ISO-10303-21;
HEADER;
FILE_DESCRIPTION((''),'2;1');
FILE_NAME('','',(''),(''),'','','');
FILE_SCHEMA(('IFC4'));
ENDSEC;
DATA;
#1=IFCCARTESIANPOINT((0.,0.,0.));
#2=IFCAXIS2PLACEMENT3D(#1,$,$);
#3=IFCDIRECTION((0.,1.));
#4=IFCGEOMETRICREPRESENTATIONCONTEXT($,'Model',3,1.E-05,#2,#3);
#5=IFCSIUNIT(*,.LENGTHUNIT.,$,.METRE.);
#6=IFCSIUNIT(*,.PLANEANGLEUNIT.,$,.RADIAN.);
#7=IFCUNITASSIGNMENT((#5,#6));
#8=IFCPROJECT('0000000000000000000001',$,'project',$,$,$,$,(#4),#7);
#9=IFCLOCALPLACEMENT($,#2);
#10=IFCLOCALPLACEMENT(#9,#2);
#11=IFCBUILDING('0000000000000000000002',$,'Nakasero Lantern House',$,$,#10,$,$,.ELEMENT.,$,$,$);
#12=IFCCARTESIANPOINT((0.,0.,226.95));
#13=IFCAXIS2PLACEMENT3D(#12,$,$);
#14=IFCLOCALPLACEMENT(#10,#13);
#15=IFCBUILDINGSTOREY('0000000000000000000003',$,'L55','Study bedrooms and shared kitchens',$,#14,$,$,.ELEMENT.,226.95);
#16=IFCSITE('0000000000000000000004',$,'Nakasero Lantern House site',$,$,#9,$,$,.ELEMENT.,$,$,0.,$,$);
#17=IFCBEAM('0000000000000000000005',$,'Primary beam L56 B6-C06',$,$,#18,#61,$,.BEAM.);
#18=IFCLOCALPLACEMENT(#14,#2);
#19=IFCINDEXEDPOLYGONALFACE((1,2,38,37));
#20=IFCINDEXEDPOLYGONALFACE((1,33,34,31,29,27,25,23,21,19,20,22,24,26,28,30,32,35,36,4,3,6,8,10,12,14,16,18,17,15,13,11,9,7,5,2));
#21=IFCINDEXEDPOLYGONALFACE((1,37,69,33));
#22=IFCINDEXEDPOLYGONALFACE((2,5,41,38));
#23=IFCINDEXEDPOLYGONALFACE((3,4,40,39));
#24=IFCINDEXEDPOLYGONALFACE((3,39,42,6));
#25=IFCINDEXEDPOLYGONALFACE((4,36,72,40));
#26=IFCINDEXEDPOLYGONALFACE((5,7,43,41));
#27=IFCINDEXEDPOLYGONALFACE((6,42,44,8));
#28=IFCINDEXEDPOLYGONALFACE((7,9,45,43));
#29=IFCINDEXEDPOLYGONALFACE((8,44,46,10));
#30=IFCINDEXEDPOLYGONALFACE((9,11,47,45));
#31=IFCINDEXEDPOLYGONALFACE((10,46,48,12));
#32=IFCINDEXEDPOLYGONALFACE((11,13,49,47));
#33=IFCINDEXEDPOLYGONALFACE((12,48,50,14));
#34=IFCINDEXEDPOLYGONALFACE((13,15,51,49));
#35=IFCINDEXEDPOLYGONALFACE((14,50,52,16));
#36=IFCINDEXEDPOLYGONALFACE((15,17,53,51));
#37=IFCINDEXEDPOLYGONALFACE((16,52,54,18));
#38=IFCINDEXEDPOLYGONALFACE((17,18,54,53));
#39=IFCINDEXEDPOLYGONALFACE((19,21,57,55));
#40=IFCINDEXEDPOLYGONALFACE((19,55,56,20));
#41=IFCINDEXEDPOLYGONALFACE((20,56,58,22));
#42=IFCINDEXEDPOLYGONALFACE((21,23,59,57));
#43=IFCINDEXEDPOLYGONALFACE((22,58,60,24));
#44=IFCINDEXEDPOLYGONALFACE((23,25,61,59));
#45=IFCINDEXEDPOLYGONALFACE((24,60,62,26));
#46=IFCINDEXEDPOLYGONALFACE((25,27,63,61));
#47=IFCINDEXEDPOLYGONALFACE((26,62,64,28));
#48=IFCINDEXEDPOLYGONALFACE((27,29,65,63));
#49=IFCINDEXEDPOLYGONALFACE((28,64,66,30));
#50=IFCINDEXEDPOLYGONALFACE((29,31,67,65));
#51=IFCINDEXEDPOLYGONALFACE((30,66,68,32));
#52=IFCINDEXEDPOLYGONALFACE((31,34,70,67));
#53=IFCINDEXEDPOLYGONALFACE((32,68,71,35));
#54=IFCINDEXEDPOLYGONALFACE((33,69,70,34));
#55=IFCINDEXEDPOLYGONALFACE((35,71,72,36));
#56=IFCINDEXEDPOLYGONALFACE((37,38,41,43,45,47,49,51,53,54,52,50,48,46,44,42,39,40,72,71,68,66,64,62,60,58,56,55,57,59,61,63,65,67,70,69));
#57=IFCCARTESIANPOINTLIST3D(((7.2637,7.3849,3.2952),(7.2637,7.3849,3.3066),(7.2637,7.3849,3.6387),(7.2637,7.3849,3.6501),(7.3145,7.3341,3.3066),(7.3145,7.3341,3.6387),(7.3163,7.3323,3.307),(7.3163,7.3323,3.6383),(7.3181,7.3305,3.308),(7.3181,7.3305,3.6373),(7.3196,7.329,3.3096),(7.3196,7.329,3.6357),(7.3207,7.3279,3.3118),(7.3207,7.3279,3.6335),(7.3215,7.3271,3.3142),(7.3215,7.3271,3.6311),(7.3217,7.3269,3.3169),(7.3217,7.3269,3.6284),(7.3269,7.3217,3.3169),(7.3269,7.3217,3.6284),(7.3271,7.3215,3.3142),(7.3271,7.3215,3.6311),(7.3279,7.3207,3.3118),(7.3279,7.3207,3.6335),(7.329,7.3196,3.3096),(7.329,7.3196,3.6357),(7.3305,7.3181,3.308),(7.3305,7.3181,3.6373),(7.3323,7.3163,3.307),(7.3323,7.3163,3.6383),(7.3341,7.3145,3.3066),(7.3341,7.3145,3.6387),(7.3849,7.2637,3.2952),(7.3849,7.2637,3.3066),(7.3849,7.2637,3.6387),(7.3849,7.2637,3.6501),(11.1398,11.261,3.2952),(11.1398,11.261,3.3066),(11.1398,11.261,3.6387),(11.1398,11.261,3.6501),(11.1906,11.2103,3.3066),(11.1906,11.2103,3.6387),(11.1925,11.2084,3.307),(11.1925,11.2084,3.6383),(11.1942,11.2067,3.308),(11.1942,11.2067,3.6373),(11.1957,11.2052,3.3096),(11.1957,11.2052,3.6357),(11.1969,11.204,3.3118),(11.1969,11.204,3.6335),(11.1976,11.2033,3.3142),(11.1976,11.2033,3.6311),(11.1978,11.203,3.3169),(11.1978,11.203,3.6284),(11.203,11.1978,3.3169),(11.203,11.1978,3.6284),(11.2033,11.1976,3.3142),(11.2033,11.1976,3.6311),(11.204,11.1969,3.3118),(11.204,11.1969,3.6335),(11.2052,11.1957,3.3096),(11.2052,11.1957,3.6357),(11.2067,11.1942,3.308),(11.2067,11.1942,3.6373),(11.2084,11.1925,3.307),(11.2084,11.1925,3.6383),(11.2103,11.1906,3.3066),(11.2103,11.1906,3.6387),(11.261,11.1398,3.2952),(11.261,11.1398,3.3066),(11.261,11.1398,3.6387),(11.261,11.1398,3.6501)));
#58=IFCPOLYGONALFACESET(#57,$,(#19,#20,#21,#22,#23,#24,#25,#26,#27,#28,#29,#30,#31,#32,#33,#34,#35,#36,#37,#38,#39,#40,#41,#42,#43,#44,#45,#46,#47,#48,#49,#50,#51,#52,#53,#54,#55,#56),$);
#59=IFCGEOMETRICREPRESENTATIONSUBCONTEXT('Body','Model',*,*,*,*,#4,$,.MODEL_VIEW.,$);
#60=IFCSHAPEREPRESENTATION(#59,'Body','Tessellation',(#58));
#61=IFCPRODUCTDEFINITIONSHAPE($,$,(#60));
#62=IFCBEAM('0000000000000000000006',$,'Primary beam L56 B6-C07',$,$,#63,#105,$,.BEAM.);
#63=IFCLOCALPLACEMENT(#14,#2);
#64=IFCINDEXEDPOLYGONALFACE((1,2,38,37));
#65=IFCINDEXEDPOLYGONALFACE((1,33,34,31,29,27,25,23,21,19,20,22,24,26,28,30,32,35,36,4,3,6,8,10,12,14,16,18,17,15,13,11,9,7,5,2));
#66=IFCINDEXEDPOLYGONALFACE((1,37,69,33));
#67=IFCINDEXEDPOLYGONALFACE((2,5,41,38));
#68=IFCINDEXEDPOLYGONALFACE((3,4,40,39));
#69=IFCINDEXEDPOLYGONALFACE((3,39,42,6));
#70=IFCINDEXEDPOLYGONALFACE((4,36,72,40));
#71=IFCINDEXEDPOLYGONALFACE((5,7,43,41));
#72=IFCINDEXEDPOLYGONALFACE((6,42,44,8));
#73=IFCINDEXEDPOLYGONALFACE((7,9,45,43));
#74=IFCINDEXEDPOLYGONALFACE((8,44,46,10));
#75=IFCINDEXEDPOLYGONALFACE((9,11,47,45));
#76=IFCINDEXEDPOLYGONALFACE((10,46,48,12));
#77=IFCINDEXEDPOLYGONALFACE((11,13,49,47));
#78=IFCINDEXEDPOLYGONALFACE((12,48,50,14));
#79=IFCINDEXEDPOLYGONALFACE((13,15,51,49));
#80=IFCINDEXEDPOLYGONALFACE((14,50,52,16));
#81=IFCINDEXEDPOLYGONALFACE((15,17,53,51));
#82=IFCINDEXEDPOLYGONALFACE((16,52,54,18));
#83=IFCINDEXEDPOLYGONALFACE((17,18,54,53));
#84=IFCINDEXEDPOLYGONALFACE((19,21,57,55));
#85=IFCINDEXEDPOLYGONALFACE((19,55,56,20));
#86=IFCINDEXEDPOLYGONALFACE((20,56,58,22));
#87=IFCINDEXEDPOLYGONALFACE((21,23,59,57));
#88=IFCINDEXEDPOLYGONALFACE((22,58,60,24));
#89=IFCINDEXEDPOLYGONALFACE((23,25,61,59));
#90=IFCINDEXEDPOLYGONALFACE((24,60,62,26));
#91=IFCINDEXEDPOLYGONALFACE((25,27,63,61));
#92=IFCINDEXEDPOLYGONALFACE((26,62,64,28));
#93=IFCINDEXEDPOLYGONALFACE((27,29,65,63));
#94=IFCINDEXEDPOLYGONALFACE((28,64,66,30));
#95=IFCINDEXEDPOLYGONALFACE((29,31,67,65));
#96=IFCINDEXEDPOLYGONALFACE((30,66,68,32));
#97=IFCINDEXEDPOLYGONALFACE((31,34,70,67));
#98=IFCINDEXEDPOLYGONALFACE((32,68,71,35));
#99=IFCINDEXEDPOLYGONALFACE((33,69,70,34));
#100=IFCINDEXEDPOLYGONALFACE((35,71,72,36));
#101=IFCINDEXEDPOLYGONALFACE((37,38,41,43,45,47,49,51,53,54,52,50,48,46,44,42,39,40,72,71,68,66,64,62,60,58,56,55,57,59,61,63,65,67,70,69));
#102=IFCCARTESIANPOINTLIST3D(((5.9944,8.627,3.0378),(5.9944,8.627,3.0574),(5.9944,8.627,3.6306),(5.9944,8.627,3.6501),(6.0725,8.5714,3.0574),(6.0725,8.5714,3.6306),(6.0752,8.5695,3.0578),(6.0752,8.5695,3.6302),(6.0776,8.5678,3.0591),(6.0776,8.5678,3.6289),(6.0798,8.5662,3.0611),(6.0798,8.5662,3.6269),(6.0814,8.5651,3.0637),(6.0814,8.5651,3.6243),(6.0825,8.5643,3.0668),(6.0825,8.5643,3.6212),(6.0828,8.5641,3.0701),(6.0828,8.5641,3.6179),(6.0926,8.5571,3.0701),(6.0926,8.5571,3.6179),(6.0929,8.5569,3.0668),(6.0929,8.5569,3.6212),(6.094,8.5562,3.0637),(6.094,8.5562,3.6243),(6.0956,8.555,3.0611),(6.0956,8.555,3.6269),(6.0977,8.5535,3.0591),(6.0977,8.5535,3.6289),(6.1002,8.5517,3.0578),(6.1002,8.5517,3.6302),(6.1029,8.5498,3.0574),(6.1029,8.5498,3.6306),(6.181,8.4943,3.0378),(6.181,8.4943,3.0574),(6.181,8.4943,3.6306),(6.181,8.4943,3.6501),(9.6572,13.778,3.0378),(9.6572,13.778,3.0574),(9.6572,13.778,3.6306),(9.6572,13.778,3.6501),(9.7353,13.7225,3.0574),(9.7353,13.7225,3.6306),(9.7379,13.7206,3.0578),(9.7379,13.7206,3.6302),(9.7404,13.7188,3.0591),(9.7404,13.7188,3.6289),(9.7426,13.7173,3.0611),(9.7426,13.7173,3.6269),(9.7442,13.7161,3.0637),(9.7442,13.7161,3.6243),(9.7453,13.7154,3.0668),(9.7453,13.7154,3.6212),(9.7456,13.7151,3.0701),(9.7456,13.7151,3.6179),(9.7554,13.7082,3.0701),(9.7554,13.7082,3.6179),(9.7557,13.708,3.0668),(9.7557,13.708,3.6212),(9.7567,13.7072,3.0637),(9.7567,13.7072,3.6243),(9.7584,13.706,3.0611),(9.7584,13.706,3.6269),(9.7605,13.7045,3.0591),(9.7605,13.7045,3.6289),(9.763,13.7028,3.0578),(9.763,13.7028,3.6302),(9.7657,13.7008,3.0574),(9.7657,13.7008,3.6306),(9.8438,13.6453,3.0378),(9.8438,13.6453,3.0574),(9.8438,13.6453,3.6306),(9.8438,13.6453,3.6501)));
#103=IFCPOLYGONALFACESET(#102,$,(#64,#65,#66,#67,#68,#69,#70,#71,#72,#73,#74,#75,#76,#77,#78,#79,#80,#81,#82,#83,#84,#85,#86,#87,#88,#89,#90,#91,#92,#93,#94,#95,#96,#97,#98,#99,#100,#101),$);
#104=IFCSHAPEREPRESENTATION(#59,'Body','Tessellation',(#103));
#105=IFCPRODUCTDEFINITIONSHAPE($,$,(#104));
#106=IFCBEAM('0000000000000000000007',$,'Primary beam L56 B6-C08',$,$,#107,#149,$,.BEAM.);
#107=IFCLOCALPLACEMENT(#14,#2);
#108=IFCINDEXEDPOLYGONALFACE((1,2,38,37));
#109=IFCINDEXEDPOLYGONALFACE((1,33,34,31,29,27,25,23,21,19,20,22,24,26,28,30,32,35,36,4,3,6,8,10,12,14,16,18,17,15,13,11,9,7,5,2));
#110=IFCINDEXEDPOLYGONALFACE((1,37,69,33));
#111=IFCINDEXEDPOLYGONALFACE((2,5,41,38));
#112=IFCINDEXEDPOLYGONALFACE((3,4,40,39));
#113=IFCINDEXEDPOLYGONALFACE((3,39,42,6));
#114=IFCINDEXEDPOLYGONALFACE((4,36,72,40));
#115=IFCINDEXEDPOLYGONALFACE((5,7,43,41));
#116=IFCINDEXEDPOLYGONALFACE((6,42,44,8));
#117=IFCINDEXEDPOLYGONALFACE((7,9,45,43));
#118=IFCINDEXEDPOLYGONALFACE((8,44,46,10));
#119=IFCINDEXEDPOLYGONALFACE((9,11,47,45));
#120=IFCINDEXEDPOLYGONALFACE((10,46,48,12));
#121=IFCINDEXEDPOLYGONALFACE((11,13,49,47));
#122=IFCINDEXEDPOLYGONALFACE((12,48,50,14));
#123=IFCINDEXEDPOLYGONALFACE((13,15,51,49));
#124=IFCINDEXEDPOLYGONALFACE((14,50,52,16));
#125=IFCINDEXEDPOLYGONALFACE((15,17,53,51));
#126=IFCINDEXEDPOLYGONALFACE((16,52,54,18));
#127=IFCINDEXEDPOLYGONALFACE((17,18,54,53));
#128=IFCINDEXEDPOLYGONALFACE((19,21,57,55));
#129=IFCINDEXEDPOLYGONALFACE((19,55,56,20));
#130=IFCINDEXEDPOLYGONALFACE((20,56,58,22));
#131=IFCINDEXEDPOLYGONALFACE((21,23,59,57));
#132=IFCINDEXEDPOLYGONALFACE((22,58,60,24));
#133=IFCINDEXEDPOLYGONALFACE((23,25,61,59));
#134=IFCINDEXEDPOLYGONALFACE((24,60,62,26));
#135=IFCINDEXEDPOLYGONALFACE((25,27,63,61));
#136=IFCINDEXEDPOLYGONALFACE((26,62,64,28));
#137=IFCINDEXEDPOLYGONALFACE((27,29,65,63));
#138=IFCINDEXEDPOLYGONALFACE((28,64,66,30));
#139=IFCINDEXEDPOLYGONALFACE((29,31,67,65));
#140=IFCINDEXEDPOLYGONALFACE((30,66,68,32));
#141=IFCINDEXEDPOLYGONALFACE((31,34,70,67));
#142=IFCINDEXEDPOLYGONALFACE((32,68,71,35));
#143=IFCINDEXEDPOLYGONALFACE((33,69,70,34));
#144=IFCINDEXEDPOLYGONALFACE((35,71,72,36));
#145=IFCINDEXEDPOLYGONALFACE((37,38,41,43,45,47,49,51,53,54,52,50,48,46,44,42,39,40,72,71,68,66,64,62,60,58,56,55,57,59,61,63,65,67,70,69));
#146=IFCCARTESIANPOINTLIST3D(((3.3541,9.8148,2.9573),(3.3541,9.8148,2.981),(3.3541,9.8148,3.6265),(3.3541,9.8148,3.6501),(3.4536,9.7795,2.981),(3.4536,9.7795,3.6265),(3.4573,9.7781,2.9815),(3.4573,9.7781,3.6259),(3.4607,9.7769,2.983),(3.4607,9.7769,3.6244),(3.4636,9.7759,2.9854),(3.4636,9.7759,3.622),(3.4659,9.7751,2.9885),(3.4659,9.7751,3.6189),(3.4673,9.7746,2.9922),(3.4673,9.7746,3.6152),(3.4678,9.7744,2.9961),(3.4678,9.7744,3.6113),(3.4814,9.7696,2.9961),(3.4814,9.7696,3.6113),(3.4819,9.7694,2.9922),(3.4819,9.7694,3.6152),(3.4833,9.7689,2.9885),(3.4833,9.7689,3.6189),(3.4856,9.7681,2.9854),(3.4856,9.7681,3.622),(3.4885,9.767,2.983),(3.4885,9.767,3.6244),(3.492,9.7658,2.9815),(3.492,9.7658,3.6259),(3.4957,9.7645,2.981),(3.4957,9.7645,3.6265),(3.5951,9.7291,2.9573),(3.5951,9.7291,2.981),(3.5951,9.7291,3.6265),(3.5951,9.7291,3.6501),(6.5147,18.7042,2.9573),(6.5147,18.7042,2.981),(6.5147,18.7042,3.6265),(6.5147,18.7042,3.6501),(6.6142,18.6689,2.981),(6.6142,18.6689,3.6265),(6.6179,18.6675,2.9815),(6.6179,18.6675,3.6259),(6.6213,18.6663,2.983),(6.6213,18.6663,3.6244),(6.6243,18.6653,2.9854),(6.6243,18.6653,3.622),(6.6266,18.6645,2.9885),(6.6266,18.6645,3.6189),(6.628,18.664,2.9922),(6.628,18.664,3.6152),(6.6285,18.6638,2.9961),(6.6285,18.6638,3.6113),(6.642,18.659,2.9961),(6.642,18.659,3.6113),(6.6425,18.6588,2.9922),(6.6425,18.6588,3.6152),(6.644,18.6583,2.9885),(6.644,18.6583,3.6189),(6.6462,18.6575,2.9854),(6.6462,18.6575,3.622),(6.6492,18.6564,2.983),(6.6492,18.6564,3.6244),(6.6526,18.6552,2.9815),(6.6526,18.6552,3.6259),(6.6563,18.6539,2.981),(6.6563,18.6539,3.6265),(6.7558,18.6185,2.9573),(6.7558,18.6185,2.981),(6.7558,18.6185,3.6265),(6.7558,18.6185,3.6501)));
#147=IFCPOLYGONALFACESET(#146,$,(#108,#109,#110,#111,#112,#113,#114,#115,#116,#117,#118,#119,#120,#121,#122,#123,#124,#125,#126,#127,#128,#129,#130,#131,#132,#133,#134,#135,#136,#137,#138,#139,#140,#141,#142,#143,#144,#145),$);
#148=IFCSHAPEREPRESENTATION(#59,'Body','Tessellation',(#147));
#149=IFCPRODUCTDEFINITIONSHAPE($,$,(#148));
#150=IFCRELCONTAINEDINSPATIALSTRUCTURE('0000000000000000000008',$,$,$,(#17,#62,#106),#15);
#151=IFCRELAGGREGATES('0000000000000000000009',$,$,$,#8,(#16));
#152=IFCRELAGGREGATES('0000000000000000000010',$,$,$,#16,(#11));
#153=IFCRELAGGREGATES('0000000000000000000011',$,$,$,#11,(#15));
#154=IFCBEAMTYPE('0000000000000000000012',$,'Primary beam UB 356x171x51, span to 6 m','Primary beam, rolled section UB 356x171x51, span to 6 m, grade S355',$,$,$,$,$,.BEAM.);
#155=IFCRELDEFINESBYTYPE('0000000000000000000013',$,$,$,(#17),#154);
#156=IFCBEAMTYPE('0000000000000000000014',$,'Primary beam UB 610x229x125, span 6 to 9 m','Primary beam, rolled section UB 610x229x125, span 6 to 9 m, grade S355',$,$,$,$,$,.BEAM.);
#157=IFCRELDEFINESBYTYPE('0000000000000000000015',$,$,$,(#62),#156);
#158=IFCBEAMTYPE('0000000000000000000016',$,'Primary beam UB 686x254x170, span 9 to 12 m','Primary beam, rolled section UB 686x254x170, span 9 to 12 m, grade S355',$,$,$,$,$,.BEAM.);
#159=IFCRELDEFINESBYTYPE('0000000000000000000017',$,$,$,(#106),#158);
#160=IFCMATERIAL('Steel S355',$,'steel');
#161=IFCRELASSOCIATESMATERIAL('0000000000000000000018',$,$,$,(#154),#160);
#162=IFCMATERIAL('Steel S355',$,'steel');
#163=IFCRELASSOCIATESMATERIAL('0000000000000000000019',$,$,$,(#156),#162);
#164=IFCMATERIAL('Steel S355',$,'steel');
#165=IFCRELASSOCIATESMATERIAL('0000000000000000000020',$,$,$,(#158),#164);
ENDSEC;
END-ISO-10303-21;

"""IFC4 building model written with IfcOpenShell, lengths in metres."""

from ifc_helpers import new_model, si_unit, direction, frame, origin, origin_2d, place, context, subcontext, project, spatial, i_section, extrude, material, material_profile, profile_set, type_object, element, save


model = new_model("IFC4")

# Units and contexts
model_context = context("Model", 3, precision=1e-05, world=origin(), true_north=direction((0.0, 1.0)))
body_context = subcontext(model_context, "Body", "Model", "MODEL_VIEW")
ifc_project = project(units=[si_unit("LENGTHUNIT", "METRE"), si_unit("PLANEANGLEUNIT", "RADIAN")], contexts=[model_context])

# Site, building, storey
site_placement = place(None, origin())
site = spatial("IfcSite", under=ifc_project, at=site_placement, Name="Nakasero Lantern House site", CompositionType="ELEMENT", RefElevation=0.0)
building_placement = place(site_placement, origin())
building = spatial("IfcBuilding", under=site, at=building_placement, Name="Nakasero Lantern House", CompositionType="ELEMENT")
storey_placement = place(building_placement, frame((0.0, 0.0, 226.95)))
storey = spatial("IfcBuildingStorey", under=building, at=storey_placement, Name="L55", Description="Study bedrooms and shared kitchens", CompositionType="ELEMENT", Elevation=226.95)

# Beams
ifc_material_1 = material(Name="Steel S355", Category="steel")
ifc_material_profile_1 = material_profile(ifc_material_1, i_section(OverallWidth=0.1714, OverallDepth=0.355, WebThickness=0.0073, FlangeThickness=0.0115, FilletRadius=0.0103, at=origin_2d()), Name="UB 356x171x51")
ifc_profile_set_1 = profile_set([ifc_material_profile_1], Name="Steel S355")
beam_type_1 = type_object("IfcBeamType", Name="Primary beam UB 356x171x51, span to 6 m", Description="Primary beam, rolled section UB 356x171x51, span to 6 m, grade S355", PredefinedType="BEAM", material=ifc_profile_set_1)
beam_1_placement = place(storey_placement, frame((11.2004, 11.2004, 3.4727), z_axis=(-0.707107, -0.707107, 0.0), x_axis=(0.707107, -0.707107, 0.0)))
element("IfcBeam", 1, at=beam_1_placement, inside=storey, type_object=beam_type_1, Name="Primary beam L56 B6-C06", PredefinedType="BEAM", context=body_context, shape_type="SweptSolid", body=[
    extrude(i_section(OverallWidth=0.1714, OverallDepth=0.355, WebThickness=0.0073, FlangeThickness=0.0115, FilletRadius=0.0103, at=origin_2d()), origin(), (0.0, 0.0, 1.0), 5.4817),
])
ifc_material_2 = material(Name="Steel S355", Category="steel")
ifc_material_profile_2 = material_profile(ifc_material_2, i_section(OverallWidth=0.229, OverallDepth=0.6123, WebThickness=0.012, FlangeThickness=0.0195, FilletRadius=0.0127, at=origin_2d()), Name="UB 610x229x125")
ifc_profile_set_2 = profile_set([ifc_material_profile_2], Name="Steel S355")
beam_type_2 = type_object("IfcBeamType", Name="Primary beam UB 610x229x125, span 6 to 9 m", Description="Primary beam, rolled section UB 610x229x125, span 6 to 9 m, grade S355", PredefinedType="BEAM", material=ifc_profile_set_2)
beam_2_placement = place(storey_placement, frame((9.7505, 13.7117, 3.344), z_axis=(-0.579505, -0.814969, 0.0), x_axis=(0.814969, -0.579505, 0.0)))
element("IfcBeam", 2, at=beam_2_placement, inside=storey, type_object=beam_type_2, Name="Primary beam L56 B6-C07", PredefinedType="BEAM", context=body_context, shape_type="SweptSolid", body=[
    extrude(i_section(OverallWidth=0.229, OverallDepth=0.6123, WebThickness=0.012, FlangeThickness=0.0195, FilletRadius=0.0127, at=origin_2d()), origin(), (0.0, 0.0, 1.0), 6.3206),
])
ifc_material_3 = material(Name="Steel S355", Category="steel")
ifc_material_profile_3 = material_profile(ifc_material_3, i_section(OverallWidth=0.2559, OverallDepth=0.6929, WebThickness=0.0144, FlangeThickness=0.0237, FilletRadius=0.0151, at=origin_2d()), Name="UB 686x254x170")
ifc_profile_set_3 = profile_set([ifc_material_profile_3], Name="Steel S355")
beam_type_3 = type_object("IfcBeamType", Name="Primary beam UB 686x254x170, span 9 to 12 m", Description="Primary beam, rolled section UB 686x254x170, span 9 to 12 m, grade S355", PredefinedType="BEAM", material=ifc_profile_set_3)
beam_3_placement = place(storey_placement, frame((6.6353, 18.6614, 3.3037), z_axis=(-0.335007, -0.942216, 0.0), x_axis=(0.942216, -0.335007, 0.0)))
element("IfcBeam", 3, at=beam_3_placement, inside=storey, type_object=beam_type_3, Name="Primary beam L56 B6-C08", PredefinedType="BEAM", context=body_context, shape_type="SweptSolid", body=[
    extrude(i_section(OverallWidth=0.2559, OverallDepth=0.6929, WebThickness=0.0144, FlangeThickness=0.0237, FilletRadius=0.0151, at=origin_2d()), origin(), (0.0, 0.0, 1.0), 9.4346),
])

save(model, "model.ifc")
